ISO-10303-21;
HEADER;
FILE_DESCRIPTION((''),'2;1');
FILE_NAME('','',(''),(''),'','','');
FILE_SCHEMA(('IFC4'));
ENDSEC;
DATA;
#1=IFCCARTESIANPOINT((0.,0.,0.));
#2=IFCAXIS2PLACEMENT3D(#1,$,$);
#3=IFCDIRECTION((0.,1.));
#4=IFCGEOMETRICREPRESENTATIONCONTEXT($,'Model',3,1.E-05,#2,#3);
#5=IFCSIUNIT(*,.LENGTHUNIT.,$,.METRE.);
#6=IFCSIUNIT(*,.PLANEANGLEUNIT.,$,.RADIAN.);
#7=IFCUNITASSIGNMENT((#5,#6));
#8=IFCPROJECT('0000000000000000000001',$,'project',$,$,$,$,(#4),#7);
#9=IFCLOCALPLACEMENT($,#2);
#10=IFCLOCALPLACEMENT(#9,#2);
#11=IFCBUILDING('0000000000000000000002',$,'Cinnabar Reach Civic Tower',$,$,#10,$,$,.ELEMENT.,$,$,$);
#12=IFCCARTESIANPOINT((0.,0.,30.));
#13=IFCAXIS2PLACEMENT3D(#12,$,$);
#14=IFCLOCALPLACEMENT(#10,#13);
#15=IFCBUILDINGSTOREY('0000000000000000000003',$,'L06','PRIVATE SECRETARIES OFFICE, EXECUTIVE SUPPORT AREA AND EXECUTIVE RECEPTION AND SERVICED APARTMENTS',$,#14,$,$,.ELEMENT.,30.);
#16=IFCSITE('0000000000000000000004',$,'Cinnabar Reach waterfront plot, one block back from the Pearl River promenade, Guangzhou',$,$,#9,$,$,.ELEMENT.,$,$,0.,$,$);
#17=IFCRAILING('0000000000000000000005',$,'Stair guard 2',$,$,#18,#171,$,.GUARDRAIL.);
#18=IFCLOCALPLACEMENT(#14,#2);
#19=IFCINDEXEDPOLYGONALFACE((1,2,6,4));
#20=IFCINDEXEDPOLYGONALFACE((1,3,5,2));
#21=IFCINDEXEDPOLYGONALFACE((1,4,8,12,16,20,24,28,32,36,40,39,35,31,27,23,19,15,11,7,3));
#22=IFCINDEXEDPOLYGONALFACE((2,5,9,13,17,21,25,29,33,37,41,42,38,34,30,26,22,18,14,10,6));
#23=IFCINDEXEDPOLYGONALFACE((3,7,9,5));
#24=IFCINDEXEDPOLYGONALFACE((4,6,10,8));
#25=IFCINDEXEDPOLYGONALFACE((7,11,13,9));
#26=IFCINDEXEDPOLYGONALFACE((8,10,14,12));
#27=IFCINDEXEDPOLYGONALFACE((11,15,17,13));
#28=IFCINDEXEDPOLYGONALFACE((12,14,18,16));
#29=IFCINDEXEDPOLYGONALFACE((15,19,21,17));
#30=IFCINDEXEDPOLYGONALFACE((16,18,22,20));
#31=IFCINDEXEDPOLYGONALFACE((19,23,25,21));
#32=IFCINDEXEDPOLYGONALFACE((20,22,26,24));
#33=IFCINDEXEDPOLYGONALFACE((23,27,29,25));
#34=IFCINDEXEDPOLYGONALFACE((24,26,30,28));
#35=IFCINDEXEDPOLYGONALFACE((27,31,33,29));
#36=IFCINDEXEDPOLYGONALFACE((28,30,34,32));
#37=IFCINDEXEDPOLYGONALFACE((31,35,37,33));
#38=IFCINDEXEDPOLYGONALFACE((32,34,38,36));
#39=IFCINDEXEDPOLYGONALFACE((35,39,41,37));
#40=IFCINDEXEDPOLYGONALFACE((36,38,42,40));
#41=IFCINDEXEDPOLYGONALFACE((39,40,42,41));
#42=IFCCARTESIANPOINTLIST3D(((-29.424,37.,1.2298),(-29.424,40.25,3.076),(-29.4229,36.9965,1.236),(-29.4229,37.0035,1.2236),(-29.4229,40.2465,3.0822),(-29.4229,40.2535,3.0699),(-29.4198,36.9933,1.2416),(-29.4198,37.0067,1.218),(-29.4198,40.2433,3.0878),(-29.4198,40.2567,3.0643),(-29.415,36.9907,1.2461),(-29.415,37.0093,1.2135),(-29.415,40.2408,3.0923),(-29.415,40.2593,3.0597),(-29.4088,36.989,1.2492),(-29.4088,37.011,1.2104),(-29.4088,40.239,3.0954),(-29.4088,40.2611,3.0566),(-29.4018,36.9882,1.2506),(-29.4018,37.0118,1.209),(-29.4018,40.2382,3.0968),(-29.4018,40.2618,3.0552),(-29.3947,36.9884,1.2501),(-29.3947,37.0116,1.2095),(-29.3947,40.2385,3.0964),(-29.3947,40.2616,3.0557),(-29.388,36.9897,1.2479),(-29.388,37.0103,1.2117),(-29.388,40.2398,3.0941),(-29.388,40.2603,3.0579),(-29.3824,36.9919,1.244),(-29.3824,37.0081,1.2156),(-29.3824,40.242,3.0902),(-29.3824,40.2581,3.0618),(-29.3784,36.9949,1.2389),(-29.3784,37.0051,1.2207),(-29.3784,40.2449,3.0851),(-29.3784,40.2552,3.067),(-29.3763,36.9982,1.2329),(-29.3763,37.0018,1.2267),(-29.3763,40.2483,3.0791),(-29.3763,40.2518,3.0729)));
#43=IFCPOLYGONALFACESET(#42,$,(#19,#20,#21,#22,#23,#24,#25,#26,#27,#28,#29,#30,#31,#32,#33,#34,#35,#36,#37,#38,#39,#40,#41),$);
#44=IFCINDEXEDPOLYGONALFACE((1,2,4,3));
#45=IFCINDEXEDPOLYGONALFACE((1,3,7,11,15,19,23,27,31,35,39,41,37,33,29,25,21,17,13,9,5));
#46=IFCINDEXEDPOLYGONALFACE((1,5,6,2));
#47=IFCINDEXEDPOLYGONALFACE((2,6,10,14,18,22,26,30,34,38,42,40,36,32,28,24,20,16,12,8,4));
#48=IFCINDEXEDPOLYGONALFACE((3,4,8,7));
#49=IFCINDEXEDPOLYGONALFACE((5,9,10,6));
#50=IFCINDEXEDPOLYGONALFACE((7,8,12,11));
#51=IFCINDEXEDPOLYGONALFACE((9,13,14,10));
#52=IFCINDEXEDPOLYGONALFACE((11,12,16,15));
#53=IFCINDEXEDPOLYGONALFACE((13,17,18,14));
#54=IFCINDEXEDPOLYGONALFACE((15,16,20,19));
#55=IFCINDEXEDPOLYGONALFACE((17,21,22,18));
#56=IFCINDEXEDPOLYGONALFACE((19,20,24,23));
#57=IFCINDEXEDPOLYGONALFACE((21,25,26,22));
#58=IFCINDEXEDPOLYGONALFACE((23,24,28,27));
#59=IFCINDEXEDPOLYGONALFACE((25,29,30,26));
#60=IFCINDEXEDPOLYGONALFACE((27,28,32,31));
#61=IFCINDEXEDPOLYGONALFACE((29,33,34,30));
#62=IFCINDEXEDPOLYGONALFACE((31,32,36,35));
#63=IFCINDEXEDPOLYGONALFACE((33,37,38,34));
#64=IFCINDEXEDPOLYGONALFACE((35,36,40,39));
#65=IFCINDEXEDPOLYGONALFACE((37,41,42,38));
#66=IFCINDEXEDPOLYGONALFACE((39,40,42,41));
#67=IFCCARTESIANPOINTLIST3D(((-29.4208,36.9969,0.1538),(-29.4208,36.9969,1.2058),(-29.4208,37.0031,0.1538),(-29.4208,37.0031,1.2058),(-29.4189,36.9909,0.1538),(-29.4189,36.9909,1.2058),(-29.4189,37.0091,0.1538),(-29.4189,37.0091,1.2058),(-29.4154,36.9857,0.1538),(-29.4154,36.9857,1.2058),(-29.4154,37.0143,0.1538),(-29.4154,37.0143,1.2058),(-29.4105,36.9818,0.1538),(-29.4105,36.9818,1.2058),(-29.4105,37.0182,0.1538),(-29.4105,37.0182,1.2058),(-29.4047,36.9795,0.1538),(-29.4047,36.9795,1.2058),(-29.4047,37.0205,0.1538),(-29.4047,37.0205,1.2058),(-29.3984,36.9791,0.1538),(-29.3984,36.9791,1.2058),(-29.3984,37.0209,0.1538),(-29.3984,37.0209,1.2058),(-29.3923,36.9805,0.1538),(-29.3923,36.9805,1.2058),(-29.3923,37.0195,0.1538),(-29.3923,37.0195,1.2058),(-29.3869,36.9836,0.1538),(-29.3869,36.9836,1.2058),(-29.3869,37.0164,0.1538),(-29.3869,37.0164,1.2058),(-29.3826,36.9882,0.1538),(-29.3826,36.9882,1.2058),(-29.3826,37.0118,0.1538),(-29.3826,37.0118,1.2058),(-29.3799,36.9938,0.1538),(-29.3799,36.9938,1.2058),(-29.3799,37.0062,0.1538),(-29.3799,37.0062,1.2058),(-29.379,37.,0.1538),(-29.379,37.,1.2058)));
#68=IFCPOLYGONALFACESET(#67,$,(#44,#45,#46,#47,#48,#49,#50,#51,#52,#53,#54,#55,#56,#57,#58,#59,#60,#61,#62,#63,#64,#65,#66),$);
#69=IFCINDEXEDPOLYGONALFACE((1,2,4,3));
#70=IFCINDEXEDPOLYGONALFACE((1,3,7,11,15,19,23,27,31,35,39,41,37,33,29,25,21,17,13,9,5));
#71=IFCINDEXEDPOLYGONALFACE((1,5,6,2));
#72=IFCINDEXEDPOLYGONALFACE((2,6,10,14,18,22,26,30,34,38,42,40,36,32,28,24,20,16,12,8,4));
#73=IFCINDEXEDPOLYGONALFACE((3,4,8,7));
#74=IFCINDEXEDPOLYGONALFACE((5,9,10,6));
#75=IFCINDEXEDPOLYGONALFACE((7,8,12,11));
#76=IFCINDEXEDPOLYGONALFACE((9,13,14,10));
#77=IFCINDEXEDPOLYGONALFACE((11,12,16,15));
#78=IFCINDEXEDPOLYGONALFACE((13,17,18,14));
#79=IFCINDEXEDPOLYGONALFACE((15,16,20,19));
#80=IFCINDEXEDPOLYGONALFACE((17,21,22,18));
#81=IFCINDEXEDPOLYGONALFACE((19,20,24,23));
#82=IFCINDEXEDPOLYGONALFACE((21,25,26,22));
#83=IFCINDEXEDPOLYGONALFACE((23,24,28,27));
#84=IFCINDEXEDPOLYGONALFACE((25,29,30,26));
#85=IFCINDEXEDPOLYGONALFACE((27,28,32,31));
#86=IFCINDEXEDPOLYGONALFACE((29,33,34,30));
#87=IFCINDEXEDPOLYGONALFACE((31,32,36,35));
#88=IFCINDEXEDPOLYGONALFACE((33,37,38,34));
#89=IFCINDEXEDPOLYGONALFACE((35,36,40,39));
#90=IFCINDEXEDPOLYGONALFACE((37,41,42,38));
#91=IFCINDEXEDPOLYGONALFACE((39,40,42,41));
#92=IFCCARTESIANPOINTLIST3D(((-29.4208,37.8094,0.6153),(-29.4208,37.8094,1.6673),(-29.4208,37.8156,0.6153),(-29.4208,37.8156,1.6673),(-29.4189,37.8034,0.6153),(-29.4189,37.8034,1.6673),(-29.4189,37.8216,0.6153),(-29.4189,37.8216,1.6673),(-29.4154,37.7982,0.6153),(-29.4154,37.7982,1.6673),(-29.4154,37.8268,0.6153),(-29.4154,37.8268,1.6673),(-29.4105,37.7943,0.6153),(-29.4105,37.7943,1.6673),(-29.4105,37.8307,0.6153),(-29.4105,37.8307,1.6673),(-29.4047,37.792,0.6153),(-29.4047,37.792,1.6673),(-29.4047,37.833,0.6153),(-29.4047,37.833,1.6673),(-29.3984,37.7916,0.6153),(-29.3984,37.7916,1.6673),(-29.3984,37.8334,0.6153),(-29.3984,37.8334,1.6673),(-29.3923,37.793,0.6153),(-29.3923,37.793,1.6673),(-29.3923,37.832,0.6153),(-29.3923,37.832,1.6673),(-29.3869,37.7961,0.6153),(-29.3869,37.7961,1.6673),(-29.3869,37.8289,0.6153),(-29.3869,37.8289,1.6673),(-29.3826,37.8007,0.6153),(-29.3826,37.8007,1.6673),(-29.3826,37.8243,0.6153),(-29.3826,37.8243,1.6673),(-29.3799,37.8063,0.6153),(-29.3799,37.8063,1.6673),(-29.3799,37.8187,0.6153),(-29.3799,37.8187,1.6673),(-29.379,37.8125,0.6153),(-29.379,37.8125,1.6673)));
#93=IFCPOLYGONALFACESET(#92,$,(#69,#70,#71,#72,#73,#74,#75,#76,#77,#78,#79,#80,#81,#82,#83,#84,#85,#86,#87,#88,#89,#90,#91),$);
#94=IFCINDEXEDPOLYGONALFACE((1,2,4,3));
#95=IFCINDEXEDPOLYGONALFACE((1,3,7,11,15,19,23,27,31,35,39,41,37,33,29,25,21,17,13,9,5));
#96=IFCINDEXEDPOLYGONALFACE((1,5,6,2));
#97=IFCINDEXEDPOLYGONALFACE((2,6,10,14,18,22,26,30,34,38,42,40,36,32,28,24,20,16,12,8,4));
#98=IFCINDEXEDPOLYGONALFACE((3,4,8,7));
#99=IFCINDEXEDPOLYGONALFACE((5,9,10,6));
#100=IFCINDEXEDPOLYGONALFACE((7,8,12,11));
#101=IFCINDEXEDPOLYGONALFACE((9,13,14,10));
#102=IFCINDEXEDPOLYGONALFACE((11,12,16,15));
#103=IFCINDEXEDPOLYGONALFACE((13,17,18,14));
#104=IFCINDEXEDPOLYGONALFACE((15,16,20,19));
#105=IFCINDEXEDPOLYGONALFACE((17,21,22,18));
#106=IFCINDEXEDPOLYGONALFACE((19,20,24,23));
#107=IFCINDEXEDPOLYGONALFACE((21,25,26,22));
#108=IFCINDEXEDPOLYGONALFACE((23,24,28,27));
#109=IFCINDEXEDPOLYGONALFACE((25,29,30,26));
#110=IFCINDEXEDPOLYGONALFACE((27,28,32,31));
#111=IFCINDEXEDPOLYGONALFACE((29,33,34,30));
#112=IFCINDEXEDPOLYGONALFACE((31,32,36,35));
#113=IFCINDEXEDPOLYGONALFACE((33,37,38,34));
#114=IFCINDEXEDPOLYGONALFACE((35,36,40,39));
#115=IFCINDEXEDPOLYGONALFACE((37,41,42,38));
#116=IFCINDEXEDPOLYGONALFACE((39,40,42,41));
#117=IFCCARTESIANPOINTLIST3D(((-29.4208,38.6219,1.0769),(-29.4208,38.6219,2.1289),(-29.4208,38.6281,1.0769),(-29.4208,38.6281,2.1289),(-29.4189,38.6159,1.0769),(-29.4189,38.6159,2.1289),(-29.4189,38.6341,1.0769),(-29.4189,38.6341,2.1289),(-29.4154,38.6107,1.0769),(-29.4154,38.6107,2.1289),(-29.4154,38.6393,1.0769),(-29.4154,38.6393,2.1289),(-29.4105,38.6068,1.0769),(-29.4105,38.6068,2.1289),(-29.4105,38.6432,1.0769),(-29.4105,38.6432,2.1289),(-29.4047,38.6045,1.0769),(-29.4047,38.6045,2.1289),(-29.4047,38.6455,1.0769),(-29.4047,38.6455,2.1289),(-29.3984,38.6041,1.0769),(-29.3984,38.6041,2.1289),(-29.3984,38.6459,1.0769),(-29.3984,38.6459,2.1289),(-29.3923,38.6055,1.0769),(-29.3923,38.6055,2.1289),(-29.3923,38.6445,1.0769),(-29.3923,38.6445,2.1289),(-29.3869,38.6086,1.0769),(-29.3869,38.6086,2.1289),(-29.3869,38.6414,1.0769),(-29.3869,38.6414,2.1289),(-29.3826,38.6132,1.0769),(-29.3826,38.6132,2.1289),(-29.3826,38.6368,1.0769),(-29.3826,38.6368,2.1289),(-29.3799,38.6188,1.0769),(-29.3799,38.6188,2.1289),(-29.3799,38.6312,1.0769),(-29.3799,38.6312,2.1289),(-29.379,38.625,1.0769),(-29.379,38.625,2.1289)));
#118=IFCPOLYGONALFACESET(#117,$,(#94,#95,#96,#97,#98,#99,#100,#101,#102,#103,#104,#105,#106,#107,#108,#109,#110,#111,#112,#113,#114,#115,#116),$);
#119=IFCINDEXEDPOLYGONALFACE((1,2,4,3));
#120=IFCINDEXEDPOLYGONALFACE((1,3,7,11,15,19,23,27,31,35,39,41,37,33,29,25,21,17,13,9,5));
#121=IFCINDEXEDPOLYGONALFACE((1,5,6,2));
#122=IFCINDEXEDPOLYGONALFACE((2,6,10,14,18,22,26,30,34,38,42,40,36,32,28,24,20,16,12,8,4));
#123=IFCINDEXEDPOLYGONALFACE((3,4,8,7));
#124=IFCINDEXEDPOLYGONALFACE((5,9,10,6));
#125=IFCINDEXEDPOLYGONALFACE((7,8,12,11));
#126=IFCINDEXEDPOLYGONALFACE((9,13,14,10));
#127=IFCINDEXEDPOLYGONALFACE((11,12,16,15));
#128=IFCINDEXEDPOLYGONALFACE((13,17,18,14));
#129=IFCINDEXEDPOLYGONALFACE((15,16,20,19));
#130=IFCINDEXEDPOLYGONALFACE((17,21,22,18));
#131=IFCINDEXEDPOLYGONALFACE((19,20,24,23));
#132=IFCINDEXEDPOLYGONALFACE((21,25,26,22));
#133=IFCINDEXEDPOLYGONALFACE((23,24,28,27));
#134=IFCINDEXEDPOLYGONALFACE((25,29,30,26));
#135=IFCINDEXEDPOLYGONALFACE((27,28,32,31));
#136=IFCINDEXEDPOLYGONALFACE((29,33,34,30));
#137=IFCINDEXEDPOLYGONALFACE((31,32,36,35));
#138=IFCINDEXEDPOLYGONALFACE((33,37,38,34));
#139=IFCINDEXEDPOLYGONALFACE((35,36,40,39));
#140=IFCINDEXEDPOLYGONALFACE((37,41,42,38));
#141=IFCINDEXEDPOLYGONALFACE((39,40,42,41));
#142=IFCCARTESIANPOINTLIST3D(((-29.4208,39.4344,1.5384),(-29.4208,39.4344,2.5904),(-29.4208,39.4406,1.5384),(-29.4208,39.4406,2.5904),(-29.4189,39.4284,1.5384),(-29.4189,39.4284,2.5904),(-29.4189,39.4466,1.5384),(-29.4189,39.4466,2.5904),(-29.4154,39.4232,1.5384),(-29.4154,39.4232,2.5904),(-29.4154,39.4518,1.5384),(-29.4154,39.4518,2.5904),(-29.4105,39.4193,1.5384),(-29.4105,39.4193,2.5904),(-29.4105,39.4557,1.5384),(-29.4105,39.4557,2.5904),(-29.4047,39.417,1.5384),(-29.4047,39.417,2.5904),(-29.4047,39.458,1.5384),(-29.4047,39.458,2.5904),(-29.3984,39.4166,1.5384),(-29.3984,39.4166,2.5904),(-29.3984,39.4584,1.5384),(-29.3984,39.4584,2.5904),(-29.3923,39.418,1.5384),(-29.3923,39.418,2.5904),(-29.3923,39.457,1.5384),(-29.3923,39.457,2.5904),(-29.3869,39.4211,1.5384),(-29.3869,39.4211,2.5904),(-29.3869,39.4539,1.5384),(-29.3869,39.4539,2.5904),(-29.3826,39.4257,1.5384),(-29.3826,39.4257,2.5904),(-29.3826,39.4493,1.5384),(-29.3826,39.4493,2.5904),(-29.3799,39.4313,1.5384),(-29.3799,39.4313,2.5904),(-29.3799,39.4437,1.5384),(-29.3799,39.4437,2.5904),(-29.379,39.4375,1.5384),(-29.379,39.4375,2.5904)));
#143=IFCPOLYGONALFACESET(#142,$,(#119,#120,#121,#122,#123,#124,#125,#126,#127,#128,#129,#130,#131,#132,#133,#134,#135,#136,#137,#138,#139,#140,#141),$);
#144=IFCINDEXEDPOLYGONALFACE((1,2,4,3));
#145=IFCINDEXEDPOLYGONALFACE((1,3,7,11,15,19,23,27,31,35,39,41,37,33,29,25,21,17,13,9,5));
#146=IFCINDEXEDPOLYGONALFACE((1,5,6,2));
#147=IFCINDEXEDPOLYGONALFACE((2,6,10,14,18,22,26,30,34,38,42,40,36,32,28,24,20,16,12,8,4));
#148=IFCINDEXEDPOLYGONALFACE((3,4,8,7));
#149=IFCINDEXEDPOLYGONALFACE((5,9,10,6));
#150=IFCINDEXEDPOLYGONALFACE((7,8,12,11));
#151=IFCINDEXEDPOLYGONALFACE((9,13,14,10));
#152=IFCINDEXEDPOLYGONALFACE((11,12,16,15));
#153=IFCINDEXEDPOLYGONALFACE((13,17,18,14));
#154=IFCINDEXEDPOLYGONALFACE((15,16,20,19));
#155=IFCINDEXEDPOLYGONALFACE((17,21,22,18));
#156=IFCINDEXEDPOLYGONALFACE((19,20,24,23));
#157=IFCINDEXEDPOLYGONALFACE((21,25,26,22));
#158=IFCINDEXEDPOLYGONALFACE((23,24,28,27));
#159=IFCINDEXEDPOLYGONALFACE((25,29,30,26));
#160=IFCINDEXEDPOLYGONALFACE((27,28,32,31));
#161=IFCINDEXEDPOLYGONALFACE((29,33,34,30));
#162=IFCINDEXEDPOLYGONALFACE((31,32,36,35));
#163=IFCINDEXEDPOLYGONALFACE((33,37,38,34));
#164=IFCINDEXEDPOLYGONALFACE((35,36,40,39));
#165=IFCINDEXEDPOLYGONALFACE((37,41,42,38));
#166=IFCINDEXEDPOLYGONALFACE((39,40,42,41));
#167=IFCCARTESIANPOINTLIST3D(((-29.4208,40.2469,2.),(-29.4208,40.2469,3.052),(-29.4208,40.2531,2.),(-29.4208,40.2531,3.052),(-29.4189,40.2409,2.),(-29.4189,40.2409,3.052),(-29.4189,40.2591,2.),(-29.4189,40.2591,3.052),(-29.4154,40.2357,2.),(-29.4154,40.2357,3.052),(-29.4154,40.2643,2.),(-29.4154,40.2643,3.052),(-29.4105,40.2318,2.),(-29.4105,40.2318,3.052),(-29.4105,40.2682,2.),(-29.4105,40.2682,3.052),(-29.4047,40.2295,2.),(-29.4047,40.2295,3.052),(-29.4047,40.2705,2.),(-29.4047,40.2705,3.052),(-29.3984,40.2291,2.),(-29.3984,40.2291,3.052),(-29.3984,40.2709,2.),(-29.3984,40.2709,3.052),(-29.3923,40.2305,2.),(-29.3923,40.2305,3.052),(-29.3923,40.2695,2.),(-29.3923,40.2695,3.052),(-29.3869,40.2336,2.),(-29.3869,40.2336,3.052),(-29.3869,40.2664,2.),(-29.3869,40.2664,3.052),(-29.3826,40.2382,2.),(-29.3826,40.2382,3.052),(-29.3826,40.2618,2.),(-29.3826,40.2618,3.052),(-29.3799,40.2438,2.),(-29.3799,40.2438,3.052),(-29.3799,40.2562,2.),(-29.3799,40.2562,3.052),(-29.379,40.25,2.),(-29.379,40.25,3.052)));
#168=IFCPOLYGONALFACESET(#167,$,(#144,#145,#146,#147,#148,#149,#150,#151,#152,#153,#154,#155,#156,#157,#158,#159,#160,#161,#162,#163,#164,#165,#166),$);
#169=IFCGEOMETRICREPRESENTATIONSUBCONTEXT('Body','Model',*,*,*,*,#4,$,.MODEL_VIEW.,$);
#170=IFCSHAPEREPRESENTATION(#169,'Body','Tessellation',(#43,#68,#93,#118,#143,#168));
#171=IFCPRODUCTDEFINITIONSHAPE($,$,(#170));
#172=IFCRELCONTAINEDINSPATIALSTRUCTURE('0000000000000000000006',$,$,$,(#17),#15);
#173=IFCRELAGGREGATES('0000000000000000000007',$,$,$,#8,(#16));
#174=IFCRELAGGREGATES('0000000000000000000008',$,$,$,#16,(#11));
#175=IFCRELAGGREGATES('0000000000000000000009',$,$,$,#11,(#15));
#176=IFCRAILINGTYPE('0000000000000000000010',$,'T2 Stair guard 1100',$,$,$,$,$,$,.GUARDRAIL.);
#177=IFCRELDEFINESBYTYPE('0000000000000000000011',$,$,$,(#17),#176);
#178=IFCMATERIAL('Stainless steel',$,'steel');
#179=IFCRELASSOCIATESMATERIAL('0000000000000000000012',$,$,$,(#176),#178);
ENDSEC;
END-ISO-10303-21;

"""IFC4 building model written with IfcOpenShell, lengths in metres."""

from ifc_helpers import new_model, si_unit, direction, frame, origin, origin_2d, place, context, subcontext, project, spatial, circle, extrude, material, type_object, element, save


model = new_model("IFC4")

# Units and contexts
model_context = context("Model", 3, precision=1e-05, world=origin(), true_north=direction((0.0, 1.0)))
body_context = subcontext(model_context, "Body", "Model", "MODEL_VIEW")
ifc_project = project(units=[si_unit("LENGTHUNIT", "METRE"), si_unit("PLANEANGLEUNIT", "RADIAN")], contexts=[model_context])

# Site, building, storey
site_placement = place(None, origin())
site = spatial("IfcSite", under=ifc_project, at=site_placement, Name="Cinnabar Reach waterfront plot, one block back from the Pearl River promenade, Guangzhou", CompositionType="ELEMENT", RefElevation=0.0)
building_placement = place(site_placement, origin())
building = spatial("IfcBuilding", under=site, at=building_placement, Name="Cinnabar Reach Civic Tower", CompositionType="ELEMENT")
storey_placement = place(building_placement, frame((0.0, 0.0, 30.0)))
storey = spatial("IfcBuildingStorey", under=building, at=storey_placement, Name="L06", Description="PRIVATE SECRETARIES OFFICE, EXECUTIVE SUPPORT AREA AND EXECUTIVE RECEPTION AND SERVICED APARTMENTS", CompositionType="ELEMENT", Elevation=30.0)

# Railing
ifc_material_1 = material(Name="Stainless steel", Category="steel")
railing_type = type_object("IfcRailingType", Name="T2 Stair guard 1100", PredefinedType="GUARDRAIL", material=ifc_material_1)
railing_1_placement = place(storey_placement, frame((-29.4, 37.0, 0.1538)))
element("IfcRailing", 1, at=railing_1_placement, inside=storey, type_object=railing_type, Name="Stair guard 2", PredefinedType="GUARDRAIL", context=body_context, shape_type="SweptSolid", body=[
    extrude(circle(Radius=0.024, at=origin_2d()), frame((0.0, 0.0, 1.076), z_axis=(0.0, 0.869501, 0.49393), x_axis=(-1.0, 0.0, 0.0)), (0.0, 0.0, 1.0), 3.7378),
    extrude(circle(Radius=0.021, at=origin_2d()), origin(), (0.0, 0.0, 1.0), 1.052),
    extrude(circle(Radius=0.021, at=origin_2d()), frame((0.0, 0.8125, 0.4615)), (0.0, 0.0, 1.0), 1.052),
    extrude(circle(Radius=0.021, at=origin_2d()), frame((0.0, 1.625, 0.9231)), (0.0, 0.0, 1.0), 1.052),
    extrude(circle(Radius=0.021, at=origin_2d()), frame((0.0, 2.4375, 1.3846)), (0.0, 0.0, 1.0), 1.052),
    extrude(circle(Radius=0.021, at=origin_2d()), frame((0.0, 3.25, 1.8462)), (0.0, 0.0, 1.0), 1.052),
])

save(model, "model.ifc")
